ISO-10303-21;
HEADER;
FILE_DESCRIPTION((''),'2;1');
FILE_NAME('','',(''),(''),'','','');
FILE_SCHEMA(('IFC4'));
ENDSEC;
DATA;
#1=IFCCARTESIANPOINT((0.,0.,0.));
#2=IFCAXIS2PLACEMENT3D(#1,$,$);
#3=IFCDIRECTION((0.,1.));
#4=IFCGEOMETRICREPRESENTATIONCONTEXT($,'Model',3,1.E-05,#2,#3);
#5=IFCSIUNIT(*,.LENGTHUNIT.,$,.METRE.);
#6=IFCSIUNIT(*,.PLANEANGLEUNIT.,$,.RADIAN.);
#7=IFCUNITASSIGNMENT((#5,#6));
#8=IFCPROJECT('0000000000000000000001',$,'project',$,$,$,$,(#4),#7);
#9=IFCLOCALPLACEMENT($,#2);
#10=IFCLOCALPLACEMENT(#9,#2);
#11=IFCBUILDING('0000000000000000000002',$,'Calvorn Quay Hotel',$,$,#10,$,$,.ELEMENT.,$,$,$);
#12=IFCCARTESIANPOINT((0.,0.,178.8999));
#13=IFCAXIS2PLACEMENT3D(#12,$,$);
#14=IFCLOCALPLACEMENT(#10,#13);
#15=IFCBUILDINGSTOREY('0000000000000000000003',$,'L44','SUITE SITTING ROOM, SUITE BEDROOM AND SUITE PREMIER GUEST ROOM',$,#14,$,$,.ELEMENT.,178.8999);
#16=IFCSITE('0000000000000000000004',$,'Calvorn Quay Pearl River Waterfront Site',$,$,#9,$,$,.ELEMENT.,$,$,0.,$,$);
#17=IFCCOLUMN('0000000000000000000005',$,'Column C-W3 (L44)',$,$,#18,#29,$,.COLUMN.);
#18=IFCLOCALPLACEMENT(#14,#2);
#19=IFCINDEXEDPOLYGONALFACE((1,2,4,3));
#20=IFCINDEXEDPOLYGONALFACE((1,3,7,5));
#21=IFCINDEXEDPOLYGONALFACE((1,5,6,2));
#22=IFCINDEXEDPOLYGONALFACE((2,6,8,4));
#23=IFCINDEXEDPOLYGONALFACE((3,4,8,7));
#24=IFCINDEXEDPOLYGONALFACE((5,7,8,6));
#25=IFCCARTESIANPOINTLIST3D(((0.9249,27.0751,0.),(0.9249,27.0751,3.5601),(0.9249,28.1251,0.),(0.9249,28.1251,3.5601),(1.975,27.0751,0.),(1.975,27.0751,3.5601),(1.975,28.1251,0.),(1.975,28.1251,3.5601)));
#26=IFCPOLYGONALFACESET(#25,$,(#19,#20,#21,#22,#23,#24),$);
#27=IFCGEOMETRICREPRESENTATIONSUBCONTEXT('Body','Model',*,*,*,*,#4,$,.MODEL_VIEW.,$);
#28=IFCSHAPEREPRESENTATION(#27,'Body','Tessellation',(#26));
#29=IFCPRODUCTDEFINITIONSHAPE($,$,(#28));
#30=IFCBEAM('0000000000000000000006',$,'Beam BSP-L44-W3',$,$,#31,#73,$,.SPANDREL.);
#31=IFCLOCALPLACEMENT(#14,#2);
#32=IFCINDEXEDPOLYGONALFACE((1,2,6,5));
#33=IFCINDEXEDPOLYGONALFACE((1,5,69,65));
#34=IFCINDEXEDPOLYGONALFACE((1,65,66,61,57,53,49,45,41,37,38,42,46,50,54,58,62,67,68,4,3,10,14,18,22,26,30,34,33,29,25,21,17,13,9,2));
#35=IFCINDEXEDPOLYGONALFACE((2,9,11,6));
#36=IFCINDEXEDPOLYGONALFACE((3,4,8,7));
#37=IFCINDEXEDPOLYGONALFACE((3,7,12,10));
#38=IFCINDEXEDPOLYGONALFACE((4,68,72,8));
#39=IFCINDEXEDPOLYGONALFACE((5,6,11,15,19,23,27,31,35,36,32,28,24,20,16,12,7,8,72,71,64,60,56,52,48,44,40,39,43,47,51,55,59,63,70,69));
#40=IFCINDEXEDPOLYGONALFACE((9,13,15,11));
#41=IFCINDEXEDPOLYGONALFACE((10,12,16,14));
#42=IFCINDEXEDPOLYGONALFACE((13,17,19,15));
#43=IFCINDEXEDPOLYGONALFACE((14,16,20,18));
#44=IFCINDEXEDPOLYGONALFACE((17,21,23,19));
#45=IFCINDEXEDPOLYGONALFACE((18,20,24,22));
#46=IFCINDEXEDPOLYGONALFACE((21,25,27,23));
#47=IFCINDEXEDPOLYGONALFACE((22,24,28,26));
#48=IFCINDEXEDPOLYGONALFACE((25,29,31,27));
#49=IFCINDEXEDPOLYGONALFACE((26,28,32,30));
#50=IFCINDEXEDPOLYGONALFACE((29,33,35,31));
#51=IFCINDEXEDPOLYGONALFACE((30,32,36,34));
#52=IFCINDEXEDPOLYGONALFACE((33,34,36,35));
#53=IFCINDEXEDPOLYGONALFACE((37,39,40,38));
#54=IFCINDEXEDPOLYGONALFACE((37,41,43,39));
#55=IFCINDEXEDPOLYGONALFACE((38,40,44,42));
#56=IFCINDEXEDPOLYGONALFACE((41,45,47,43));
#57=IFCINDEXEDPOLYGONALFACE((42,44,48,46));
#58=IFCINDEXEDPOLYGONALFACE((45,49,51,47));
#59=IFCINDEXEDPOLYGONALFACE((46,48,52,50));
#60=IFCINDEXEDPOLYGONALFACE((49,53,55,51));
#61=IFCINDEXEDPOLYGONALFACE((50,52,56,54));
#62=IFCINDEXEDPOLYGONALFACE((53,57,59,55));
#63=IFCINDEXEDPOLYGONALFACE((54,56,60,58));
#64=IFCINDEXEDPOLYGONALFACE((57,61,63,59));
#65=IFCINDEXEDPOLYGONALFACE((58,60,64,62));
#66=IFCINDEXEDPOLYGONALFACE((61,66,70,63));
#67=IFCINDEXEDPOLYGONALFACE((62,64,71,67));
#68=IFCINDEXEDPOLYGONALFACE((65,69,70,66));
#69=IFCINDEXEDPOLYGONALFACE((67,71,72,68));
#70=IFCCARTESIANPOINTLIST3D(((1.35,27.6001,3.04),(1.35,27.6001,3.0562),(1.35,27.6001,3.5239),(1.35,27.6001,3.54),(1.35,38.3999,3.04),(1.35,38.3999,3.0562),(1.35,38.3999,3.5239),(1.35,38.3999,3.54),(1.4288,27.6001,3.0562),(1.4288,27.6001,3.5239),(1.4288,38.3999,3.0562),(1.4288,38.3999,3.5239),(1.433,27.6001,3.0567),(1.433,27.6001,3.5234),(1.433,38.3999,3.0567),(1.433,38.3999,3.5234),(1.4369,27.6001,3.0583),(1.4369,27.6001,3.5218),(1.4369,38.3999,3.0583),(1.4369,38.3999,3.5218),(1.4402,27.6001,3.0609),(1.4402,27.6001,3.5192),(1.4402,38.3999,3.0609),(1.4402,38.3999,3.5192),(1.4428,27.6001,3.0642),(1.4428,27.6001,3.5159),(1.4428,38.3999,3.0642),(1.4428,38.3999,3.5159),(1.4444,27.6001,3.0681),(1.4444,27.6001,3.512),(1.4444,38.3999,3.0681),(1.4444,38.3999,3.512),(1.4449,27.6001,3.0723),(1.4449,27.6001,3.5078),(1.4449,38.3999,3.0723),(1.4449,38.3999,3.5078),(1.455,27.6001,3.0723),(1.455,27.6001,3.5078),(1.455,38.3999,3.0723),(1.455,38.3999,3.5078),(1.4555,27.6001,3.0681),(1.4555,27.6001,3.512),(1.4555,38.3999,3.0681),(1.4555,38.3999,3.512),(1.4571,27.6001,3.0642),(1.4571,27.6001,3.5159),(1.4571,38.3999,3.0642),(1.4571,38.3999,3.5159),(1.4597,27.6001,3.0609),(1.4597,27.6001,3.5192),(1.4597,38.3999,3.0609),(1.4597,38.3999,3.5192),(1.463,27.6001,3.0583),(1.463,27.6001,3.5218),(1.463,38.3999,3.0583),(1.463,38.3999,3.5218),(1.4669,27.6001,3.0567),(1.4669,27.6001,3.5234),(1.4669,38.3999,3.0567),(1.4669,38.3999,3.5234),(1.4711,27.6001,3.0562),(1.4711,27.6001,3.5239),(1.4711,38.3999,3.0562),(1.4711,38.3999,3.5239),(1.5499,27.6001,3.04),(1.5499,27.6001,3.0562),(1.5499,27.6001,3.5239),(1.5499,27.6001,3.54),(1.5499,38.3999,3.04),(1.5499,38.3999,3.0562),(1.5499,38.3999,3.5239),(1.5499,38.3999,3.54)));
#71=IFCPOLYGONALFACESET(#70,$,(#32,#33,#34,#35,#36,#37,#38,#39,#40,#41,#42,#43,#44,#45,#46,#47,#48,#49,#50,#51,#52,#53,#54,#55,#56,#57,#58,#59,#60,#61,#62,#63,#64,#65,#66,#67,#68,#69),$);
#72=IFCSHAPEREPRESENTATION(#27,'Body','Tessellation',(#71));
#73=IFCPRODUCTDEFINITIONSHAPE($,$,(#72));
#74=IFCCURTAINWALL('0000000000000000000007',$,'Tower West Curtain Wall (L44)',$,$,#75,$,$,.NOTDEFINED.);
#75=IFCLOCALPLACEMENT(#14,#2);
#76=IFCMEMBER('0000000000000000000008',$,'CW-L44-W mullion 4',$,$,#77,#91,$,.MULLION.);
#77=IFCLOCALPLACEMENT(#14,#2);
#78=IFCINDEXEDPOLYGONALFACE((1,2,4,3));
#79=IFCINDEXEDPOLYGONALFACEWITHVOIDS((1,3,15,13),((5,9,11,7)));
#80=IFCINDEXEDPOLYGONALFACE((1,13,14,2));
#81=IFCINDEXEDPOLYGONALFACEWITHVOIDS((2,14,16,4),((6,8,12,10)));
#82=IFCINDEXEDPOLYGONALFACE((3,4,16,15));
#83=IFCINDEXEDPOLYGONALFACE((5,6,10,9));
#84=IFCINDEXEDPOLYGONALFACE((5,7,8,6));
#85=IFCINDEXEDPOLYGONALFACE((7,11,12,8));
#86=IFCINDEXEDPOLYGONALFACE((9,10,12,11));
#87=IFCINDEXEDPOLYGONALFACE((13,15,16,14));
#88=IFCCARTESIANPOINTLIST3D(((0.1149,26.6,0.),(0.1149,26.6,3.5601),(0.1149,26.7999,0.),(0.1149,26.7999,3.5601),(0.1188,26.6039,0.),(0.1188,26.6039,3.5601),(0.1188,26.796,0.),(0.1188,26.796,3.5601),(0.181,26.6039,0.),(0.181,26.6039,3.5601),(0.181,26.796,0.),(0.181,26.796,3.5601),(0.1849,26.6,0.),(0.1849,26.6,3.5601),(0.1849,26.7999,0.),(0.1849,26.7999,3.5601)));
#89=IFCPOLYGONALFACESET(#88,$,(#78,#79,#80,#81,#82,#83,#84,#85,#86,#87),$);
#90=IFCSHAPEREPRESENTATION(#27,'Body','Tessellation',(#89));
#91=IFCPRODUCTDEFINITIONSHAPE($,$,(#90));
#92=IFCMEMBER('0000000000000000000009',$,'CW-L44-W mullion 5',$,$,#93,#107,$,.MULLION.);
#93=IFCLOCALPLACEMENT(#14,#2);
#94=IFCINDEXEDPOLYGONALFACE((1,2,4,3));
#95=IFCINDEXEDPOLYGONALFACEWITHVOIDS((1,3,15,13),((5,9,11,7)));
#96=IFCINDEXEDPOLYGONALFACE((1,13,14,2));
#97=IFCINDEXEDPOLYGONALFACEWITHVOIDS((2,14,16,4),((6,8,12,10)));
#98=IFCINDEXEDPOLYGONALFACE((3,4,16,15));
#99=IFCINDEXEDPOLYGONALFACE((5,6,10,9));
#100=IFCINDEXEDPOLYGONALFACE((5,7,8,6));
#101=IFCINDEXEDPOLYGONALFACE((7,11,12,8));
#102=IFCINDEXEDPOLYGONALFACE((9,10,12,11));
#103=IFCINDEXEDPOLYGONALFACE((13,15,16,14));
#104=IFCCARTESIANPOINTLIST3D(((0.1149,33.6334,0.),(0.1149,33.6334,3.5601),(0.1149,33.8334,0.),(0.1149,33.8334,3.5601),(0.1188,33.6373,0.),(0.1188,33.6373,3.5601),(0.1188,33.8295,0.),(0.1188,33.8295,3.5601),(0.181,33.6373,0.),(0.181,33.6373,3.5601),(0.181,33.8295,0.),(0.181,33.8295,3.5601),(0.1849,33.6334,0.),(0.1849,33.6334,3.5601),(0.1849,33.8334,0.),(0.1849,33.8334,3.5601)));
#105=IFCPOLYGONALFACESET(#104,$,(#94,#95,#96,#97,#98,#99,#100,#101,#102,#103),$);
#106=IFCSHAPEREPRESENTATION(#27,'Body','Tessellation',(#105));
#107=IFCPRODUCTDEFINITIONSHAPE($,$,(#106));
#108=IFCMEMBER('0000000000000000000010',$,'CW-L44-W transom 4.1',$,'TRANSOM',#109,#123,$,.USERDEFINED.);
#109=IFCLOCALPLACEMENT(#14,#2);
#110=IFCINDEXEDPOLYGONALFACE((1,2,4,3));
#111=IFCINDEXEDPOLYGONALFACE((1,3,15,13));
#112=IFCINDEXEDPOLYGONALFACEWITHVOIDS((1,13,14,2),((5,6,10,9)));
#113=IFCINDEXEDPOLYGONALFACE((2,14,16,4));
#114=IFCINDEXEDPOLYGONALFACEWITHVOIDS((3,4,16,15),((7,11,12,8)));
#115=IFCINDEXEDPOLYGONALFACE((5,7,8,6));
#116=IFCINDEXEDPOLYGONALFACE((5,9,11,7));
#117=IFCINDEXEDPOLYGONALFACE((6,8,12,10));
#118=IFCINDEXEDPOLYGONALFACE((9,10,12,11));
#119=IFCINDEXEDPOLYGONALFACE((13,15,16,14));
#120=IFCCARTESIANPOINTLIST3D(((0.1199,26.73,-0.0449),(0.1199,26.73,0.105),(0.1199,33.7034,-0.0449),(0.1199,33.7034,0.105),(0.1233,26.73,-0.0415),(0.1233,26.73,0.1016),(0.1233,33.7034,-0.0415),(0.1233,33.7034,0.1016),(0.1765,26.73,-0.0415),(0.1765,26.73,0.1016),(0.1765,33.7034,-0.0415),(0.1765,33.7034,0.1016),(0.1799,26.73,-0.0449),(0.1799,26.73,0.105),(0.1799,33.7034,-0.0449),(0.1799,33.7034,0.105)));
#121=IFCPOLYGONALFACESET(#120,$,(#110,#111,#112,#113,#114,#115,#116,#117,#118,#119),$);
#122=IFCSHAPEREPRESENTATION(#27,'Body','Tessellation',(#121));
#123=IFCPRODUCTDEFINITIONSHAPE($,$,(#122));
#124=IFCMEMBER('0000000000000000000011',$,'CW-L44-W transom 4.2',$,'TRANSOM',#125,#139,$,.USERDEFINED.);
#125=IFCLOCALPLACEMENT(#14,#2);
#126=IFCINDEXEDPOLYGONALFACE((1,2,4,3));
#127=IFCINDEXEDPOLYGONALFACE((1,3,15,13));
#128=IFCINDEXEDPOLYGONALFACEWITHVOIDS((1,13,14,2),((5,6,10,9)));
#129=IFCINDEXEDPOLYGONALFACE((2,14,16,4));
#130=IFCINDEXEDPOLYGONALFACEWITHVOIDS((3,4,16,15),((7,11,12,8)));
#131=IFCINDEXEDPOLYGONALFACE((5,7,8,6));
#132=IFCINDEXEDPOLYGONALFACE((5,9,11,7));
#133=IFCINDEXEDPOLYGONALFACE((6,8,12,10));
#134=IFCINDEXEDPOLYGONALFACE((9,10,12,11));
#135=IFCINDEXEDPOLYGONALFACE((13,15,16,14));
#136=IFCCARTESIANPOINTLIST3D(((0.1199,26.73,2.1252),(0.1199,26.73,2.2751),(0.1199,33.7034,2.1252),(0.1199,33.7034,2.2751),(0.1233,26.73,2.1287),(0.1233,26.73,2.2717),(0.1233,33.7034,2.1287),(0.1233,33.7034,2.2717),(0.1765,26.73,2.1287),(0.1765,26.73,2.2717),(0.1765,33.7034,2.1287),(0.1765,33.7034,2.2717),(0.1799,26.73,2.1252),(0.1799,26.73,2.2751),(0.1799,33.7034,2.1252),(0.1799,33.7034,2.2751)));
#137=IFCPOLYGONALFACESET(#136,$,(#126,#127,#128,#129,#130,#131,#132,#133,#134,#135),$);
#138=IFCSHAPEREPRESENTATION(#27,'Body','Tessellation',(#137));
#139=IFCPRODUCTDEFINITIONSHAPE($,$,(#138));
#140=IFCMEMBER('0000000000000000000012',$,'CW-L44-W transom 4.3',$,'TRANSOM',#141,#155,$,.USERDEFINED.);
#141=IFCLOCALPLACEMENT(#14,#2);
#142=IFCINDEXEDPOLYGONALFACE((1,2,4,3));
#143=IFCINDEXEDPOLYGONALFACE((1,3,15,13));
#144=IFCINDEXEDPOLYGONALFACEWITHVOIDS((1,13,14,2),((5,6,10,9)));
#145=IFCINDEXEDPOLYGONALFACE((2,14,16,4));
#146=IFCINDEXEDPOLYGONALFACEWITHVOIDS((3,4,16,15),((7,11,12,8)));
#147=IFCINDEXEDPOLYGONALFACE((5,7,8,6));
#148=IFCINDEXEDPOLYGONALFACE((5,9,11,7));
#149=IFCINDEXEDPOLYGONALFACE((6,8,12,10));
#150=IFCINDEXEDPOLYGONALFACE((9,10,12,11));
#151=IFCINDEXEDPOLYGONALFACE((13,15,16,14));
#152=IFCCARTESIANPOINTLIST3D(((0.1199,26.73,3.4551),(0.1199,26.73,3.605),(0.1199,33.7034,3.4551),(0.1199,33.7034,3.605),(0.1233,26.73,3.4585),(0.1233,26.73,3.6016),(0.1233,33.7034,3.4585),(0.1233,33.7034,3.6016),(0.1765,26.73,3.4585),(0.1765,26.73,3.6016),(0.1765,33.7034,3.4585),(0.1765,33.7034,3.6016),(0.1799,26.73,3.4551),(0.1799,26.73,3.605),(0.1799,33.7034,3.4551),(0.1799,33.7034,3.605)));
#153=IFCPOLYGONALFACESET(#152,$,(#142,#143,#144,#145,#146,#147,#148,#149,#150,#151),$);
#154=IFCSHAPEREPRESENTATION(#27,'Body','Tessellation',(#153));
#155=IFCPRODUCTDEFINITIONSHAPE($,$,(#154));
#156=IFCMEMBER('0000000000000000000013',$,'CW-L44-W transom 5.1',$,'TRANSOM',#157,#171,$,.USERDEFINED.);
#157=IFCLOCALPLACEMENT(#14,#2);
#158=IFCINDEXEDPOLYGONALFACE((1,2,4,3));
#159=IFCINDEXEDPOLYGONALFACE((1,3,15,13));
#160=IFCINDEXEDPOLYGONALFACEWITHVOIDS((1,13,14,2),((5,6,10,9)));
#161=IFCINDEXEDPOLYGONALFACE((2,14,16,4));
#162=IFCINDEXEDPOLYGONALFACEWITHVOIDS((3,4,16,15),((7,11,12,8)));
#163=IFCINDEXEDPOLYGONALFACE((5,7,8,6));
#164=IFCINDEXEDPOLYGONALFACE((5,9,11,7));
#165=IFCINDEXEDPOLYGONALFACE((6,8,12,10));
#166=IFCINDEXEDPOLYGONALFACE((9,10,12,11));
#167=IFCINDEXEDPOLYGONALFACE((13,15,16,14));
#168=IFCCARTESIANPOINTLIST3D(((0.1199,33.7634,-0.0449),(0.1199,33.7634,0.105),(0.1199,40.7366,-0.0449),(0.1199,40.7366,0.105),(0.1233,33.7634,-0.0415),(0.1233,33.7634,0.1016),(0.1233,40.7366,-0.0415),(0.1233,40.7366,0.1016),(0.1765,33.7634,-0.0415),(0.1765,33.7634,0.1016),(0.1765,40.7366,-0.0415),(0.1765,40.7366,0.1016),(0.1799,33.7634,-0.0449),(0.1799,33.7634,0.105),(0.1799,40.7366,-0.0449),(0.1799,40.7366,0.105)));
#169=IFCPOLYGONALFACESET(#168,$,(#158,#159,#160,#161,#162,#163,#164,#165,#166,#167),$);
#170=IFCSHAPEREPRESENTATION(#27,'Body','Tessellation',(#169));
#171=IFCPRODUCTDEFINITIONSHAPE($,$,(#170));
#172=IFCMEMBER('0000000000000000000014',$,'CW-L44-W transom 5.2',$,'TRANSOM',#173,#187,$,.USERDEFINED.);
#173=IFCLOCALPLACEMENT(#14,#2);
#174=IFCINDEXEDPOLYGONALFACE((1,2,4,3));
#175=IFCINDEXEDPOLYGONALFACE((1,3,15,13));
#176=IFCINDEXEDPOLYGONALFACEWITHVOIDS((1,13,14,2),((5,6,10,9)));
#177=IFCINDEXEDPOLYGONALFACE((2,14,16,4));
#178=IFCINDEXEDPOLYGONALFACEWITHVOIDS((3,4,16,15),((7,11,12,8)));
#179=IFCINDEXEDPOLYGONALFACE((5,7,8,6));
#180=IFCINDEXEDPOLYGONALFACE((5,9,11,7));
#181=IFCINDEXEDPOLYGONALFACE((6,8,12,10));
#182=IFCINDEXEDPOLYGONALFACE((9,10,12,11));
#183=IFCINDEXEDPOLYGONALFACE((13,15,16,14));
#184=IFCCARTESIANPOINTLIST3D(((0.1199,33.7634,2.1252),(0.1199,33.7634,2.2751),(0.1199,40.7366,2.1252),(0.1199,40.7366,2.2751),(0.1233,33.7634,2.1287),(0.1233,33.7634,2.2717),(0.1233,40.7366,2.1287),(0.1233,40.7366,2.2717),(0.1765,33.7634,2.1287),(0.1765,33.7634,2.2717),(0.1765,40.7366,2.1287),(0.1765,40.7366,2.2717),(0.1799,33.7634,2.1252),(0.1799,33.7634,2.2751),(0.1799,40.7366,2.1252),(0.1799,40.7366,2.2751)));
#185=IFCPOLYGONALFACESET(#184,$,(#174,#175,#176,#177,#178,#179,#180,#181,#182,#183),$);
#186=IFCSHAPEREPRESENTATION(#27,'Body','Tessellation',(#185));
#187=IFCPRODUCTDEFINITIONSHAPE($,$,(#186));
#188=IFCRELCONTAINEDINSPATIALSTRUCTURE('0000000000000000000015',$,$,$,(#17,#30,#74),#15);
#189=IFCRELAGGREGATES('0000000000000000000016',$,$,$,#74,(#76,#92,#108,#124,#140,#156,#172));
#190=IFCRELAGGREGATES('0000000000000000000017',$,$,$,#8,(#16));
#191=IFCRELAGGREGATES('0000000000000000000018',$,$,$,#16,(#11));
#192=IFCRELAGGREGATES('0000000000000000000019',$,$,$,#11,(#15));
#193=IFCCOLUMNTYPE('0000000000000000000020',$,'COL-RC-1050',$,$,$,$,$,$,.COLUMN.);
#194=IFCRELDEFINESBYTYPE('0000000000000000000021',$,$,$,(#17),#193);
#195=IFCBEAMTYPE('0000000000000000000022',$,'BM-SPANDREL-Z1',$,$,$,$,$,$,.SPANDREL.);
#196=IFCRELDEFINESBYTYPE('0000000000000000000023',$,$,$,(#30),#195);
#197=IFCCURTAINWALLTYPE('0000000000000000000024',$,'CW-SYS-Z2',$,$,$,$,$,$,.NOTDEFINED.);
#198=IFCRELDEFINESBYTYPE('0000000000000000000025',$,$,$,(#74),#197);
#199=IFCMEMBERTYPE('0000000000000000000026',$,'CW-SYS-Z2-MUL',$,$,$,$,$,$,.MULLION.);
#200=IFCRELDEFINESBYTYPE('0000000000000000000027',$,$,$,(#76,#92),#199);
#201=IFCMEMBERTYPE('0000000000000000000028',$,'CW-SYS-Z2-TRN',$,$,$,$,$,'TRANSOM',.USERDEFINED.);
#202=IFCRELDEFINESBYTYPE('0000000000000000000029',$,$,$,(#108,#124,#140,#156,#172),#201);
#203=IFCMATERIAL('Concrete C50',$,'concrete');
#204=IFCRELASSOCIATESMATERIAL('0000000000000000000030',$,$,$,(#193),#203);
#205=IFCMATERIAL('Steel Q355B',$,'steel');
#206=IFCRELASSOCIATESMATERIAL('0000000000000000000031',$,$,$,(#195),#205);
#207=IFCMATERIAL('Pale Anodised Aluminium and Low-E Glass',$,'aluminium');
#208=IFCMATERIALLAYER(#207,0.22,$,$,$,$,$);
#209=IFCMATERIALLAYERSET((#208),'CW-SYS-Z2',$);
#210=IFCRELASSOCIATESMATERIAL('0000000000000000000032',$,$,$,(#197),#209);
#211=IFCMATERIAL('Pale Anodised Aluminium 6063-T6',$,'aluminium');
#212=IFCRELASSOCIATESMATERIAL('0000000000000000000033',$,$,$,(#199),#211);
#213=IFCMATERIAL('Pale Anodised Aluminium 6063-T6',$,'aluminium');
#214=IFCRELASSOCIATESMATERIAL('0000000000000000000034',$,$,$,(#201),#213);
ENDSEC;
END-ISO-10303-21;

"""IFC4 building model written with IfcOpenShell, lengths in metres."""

from ifc_helpers import new_model, si_unit, direction, frame, origin, origin_2d, place, context, subcontext, project, spatial, rectangle, hollow_rectangle, i_section, extrude, material, layer, layer_set, material_profile, profile_set, type_object, element, aggregate, save


model = new_model("IFC4")

# Units and contexts
model_context = context("Model", 3, precision=1e-05, world=origin(), true_north=direction((0.0, 1.0)))
body_context = subcontext(model_context, "Body", "Model", "MODEL_VIEW")
ifc_project = project(units=[si_unit("LENGTHUNIT", "METRE"), si_unit("PLANEANGLEUNIT", "RADIAN")], contexts=[model_context])

# Site, building, storey
site_placement = place(None, origin())
site = spatial("IfcSite", under=ifc_project, at=site_placement, Name="Calvorn Quay Pearl River Waterfront Site", CompositionType="ELEMENT", RefElevation=0.0)
building_placement = place(site_placement, origin())
building = spatial("IfcBuilding", under=site, at=building_placement, Name="Calvorn Quay Hotel", CompositionType="ELEMENT")
storey_placement = place(building_placement, frame((0.0, 0.0, 178.8999)))
storey = spatial("IfcBuildingStorey", under=building, at=storey_placement, Name="L44", Description="SUITE SITTING ROOM, SUITE BEDROOM AND SUITE PREMIER GUEST ROOM", CompositionType="ELEMENT", Elevation=178.8999)

# Column
ifc_material_1 = material(Name="Concrete C50", Category="concrete")
ifc_material_profile_1 = material_profile(ifc_material_1, rectangle(XDim=1.05, YDim=1.05, at=origin_2d()), Name="RC1050x1050")
ifc_profile_set_1 = profile_set([ifc_material_profile_1], Name="Concrete C50")
column_type = type_object("IfcColumnType", Name="COL-RC-1050", PredefinedType="COLUMN", material=ifc_profile_set_1)
column_placement = place(storey_placement, frame((1.45, 27.6001, 0.0), z_axis=(0.0, 0.0, 1.0), x_axis=(1.0, 0.0, 0.0)))
element("IfcColumn", 1, at=column_placement, inside=storey, type_object=column_type, Name="Column C-W3 (L44)", PredefinedType="COLUMN", context=body_context, shape_type="SweptSolid", body=[
    extrude(rectangle(XDim=1.05, YDim=1.05, at=origin_2d()), origin(), (0.0, 0.0, 1.0), 3.5601),
])

# Beam
ifc_material_2 = material(Name="Steel Q355B", Category="steel")
ifc_material_profile_2 = material_profile(ifc_material_2, i_section(OverallWidth=0.2, OverallDepth=0.5, WebThickness=0.01, FlangeThickness=0.0161, FilletRadius=0.0161, at=origin_2d()), Name="HN500x200x10x16")
ifc_profile_set_2 = profile_set([ifc_material_profile_2], Name="Steel Q355B")
beam_type = type_object("IfcBeamType", Name="BM-SPANDREL-Z1", PredefinedType="SPANDREL", material=ifc_profile_set_2)
beam_placement = place(storey_placement, frame((1.45, 27.6001, 3.29), z_axis=(0.0, 1.0, 0.0), x_axis=(-1.0, 0.0, 0.0)))
element("IfcBeam", 2, at=beam_placement, inside=storey, type_object=beam_type, Name="Beam BSP-L44-W3", PredefinedType="SPANDREL", context=body_context, shape_type="SweptSolid", body=[
    extrude(i_section(OverallWidth=0.2, OverallDepth=0.5, WebThickness=0.01, FlangeThickness=0.0161, FilletRadius=0.0161, at=origin_2d()), origin(), (0.0, 0.0, 1.0), 10.7998),
])

# Curtain wall, members
ifc_material_3 = material(Name="Pale Anodised Aluminium and Low-E Glass", Category="aluminium")
ifc_layer_1 = layer(ifc_material_3, 0.22)
ifc_layer_set_1 = layer_set([ifc_layer_1], Name="CW-SYS-Z2")
curtain_wall_type = type_object("IfcCurtainWallType", Name="CW-SYS-Z2", PredefinedType="NOTDEFINED", material=ifc_layer_set_1)
curtain_wall_placement = place(storey_placement, origin())
curtain_wall = element("IfcCurtainWall", 3, at=curtain_wall_placement, inside=storey, type_object=curtain_wall_type, Name="Tower West Curtain Wall (L44)", PredefinedType="NOTDEFINED")
ifc_material_4 = material(Name="Pale Anodised Aluminium 6063-T6", Category="aluminium")
ifc_material_profile_3 = material_profile(ifc_material_4, hollow_rectangle(XDim=0.0701, YDim=0.2, WallThickness=0.0039, at=origin_2d()), Name="ALU-M200x70x4")
ifc_profile_set_3 = profile_set([ifc_material_profile_3], Name="Pale Anodised Aluminium 6063-T6")
member_type_1 = type_object("IfcMemberType", Name="CW-SYS-Z2-MUL", PredefinedType="MULLION", material=ifc_profile_set_3)
member_1_placement = place(storey_placement, frame((0.1499, 26.7, 0.0), z_axis=(0.0, 0.0, 1.0), x_axis=(-1.0, 0.0, 0.0)))
member_1 = element("IfcMember", 4, at=member_1_placement, type_object=member_type_1, Name="CW-L44-W mullion 4", PredefinedType="MULLION", context=body_context, shape_type="SweptSolid", body=[
    extrude(hollow_rectangle(XDim=0.0701, YDim=0.2, WallThickness=0.0039, at=origin_2d()), origin(), (0.0, 0.0, 1.0), 3.5601),
])
member_2_placement = place(storey_placement, frame((0.1499, 33.7334, 0.0), z_axis=(0.0, 0.0, 1.0), x_axis=(-1.0, 0.0, 0.0)))
member_2 = element("IfcMember", 5, at=member_2_placement, type_object=member_type_1, Name="CW-L44-W mullion 5", PredefinedType="MULLION", context=body_context, shape_type="SweptSolid", body=[
    extrude(hollow_rectangle(XDim=0.0701, YDim=0.2, WallThickness=0.0039, at=origin_2d()), origin(), (0.0, 0.0, 1.0), 3.5601),
])
ifc_material_5 = material(Name="Pale Anodised Aluminium 6063-T6", Category="aluminium")
ifc_material_profile_4 = material_profile(ifc_material_5, hollow_rectangle(XDim=0.0601, YDim=0.1499, WallThickness=0.0034, at=origin_2d()), Name="ALU-T150x60x3.5")
ifc_profile_set_4 = profile_set([ifc_material_profile_4], Name="Pale Anodised Aluminium 6063-T6")
member_type_2 = type_object("IfcMemberType", Name="CW-SYS-Z2-TRN", ElementType="TRANSOM", PredefinedType="USERDEFINED", material=ifc_profile_set_4)
member_3_placement = place(storey_placement, frame((0.1499, 26.73, 0.03), z_axis=(0.0, 1.0, 0.0), x_axis=(-1.0, 0.0, 0.0)))
member_3 = element("IfcMember", 6, at=member_3_placement, type_object=member_type_2, Name="CW-L44-W transom 4.1", ObjectType="TRANSOM", PredefinedType="USERDEFINED", context=body_context, shape_type="SweptSolid", body=[
    extrude(hollow_rectangle(XDim=0.0601, YDim=0.1499, WallThickness=0.0034, at=origin_2d()), origin(), (0.0, 0.0, 1.0), 6.9734),
])
member_4_placement = place(storey_placement, frame((0.1499, 26.73, 2.2002), z_axis=(0.0, 1.0, 0.0), x_axis=(-1.0, 0.0, 0.0)))
member_4 = element("IfcMember", 7, at=member_4_placement, type_object=member_type_2, Name="CW-L44-W transom 4.2", ObjectType="TRANSOM", PredefinedType="USERDEFINED", context=body_context, shape_type="SweptSolid", body=[
    extrude(hollow_rectangle(XDim=0.0601, YDim=0.1499, WallThickness=0.0034, at=origin_2d()), origin(), (0.0, 0.0, 1.0), 6.9734),
])
member_5_placement = place(storey_placement, frame((0.1499, 26.73, 3.53), z_axis=(0.0, 1.0, 0.0), x_axis=(-1.0, 0.0, 0.0)))
member_5 = element("IfcMember", 8, at=member_5_placement, type_object=member_type_2, Name="CW-L44-W transom 4.3", ObjectType="TRANSOM", PredefinedType="USERDEFINED", context=body_context, shape_type="SweptSolid", body=[
    extrude(hollow_rectangle(XDim=0.0601, YDim=0.1499, WallThickness=0.0034, at=origin_2d()), origin(), (0.0, 0.0, 1.0), 6.9734),
])
member_6_placement = place(storey_placement, frame((0.1499, 33.7634, 0.03), z_axis=(0.0, 1.0, 0.0), x_axis=(-1.0, 0.0, 0.0)))
member_6 = element("IfcMember", 9, at=member_6_placement, type_object=member_type_2, Name="CW-L44-W transom 5.1", ObjectType="TRANSOM", PredefinedType="USERDEFINED", context=body_context, shape_type="SweptSolid", body=[
    extrude(hollow_rectangle(XDim=0.0601, YDim=0.1499, WallThickness=0.0034, at=origin_2d()), origin(), (0.0, 0.0, 1.0), 6.9731),
])
member_7_placement = place(storey_placement, frame((0.1499, 33.7634, 2.2002), z_axis=(0.0, 1.0, 0.0), x_axis=(-1.0, 0.0, 0.0)))
member_7 = element("IfcMember", 10, at=member_7_placement, type_object=member_type_2, Name="CW-L44-W transom 5.2", ObjectType="TRANSOM", PredefinedType="USERDEFINED", context=body_context, shape_type="SweptSolid", body=[
    extrude(hollow_rectangle(XDim=0.0601, YDim=0.1499, WallThickness=0.0034, at=origin_2d()), origin(), (0.0, 0.0, 1.0), 6.9731),
])
aggregate(curtain_wall, [member_1, member_2, member_3, member_4, member_5, member_6, member_7])

save(model, "model.ifc")
